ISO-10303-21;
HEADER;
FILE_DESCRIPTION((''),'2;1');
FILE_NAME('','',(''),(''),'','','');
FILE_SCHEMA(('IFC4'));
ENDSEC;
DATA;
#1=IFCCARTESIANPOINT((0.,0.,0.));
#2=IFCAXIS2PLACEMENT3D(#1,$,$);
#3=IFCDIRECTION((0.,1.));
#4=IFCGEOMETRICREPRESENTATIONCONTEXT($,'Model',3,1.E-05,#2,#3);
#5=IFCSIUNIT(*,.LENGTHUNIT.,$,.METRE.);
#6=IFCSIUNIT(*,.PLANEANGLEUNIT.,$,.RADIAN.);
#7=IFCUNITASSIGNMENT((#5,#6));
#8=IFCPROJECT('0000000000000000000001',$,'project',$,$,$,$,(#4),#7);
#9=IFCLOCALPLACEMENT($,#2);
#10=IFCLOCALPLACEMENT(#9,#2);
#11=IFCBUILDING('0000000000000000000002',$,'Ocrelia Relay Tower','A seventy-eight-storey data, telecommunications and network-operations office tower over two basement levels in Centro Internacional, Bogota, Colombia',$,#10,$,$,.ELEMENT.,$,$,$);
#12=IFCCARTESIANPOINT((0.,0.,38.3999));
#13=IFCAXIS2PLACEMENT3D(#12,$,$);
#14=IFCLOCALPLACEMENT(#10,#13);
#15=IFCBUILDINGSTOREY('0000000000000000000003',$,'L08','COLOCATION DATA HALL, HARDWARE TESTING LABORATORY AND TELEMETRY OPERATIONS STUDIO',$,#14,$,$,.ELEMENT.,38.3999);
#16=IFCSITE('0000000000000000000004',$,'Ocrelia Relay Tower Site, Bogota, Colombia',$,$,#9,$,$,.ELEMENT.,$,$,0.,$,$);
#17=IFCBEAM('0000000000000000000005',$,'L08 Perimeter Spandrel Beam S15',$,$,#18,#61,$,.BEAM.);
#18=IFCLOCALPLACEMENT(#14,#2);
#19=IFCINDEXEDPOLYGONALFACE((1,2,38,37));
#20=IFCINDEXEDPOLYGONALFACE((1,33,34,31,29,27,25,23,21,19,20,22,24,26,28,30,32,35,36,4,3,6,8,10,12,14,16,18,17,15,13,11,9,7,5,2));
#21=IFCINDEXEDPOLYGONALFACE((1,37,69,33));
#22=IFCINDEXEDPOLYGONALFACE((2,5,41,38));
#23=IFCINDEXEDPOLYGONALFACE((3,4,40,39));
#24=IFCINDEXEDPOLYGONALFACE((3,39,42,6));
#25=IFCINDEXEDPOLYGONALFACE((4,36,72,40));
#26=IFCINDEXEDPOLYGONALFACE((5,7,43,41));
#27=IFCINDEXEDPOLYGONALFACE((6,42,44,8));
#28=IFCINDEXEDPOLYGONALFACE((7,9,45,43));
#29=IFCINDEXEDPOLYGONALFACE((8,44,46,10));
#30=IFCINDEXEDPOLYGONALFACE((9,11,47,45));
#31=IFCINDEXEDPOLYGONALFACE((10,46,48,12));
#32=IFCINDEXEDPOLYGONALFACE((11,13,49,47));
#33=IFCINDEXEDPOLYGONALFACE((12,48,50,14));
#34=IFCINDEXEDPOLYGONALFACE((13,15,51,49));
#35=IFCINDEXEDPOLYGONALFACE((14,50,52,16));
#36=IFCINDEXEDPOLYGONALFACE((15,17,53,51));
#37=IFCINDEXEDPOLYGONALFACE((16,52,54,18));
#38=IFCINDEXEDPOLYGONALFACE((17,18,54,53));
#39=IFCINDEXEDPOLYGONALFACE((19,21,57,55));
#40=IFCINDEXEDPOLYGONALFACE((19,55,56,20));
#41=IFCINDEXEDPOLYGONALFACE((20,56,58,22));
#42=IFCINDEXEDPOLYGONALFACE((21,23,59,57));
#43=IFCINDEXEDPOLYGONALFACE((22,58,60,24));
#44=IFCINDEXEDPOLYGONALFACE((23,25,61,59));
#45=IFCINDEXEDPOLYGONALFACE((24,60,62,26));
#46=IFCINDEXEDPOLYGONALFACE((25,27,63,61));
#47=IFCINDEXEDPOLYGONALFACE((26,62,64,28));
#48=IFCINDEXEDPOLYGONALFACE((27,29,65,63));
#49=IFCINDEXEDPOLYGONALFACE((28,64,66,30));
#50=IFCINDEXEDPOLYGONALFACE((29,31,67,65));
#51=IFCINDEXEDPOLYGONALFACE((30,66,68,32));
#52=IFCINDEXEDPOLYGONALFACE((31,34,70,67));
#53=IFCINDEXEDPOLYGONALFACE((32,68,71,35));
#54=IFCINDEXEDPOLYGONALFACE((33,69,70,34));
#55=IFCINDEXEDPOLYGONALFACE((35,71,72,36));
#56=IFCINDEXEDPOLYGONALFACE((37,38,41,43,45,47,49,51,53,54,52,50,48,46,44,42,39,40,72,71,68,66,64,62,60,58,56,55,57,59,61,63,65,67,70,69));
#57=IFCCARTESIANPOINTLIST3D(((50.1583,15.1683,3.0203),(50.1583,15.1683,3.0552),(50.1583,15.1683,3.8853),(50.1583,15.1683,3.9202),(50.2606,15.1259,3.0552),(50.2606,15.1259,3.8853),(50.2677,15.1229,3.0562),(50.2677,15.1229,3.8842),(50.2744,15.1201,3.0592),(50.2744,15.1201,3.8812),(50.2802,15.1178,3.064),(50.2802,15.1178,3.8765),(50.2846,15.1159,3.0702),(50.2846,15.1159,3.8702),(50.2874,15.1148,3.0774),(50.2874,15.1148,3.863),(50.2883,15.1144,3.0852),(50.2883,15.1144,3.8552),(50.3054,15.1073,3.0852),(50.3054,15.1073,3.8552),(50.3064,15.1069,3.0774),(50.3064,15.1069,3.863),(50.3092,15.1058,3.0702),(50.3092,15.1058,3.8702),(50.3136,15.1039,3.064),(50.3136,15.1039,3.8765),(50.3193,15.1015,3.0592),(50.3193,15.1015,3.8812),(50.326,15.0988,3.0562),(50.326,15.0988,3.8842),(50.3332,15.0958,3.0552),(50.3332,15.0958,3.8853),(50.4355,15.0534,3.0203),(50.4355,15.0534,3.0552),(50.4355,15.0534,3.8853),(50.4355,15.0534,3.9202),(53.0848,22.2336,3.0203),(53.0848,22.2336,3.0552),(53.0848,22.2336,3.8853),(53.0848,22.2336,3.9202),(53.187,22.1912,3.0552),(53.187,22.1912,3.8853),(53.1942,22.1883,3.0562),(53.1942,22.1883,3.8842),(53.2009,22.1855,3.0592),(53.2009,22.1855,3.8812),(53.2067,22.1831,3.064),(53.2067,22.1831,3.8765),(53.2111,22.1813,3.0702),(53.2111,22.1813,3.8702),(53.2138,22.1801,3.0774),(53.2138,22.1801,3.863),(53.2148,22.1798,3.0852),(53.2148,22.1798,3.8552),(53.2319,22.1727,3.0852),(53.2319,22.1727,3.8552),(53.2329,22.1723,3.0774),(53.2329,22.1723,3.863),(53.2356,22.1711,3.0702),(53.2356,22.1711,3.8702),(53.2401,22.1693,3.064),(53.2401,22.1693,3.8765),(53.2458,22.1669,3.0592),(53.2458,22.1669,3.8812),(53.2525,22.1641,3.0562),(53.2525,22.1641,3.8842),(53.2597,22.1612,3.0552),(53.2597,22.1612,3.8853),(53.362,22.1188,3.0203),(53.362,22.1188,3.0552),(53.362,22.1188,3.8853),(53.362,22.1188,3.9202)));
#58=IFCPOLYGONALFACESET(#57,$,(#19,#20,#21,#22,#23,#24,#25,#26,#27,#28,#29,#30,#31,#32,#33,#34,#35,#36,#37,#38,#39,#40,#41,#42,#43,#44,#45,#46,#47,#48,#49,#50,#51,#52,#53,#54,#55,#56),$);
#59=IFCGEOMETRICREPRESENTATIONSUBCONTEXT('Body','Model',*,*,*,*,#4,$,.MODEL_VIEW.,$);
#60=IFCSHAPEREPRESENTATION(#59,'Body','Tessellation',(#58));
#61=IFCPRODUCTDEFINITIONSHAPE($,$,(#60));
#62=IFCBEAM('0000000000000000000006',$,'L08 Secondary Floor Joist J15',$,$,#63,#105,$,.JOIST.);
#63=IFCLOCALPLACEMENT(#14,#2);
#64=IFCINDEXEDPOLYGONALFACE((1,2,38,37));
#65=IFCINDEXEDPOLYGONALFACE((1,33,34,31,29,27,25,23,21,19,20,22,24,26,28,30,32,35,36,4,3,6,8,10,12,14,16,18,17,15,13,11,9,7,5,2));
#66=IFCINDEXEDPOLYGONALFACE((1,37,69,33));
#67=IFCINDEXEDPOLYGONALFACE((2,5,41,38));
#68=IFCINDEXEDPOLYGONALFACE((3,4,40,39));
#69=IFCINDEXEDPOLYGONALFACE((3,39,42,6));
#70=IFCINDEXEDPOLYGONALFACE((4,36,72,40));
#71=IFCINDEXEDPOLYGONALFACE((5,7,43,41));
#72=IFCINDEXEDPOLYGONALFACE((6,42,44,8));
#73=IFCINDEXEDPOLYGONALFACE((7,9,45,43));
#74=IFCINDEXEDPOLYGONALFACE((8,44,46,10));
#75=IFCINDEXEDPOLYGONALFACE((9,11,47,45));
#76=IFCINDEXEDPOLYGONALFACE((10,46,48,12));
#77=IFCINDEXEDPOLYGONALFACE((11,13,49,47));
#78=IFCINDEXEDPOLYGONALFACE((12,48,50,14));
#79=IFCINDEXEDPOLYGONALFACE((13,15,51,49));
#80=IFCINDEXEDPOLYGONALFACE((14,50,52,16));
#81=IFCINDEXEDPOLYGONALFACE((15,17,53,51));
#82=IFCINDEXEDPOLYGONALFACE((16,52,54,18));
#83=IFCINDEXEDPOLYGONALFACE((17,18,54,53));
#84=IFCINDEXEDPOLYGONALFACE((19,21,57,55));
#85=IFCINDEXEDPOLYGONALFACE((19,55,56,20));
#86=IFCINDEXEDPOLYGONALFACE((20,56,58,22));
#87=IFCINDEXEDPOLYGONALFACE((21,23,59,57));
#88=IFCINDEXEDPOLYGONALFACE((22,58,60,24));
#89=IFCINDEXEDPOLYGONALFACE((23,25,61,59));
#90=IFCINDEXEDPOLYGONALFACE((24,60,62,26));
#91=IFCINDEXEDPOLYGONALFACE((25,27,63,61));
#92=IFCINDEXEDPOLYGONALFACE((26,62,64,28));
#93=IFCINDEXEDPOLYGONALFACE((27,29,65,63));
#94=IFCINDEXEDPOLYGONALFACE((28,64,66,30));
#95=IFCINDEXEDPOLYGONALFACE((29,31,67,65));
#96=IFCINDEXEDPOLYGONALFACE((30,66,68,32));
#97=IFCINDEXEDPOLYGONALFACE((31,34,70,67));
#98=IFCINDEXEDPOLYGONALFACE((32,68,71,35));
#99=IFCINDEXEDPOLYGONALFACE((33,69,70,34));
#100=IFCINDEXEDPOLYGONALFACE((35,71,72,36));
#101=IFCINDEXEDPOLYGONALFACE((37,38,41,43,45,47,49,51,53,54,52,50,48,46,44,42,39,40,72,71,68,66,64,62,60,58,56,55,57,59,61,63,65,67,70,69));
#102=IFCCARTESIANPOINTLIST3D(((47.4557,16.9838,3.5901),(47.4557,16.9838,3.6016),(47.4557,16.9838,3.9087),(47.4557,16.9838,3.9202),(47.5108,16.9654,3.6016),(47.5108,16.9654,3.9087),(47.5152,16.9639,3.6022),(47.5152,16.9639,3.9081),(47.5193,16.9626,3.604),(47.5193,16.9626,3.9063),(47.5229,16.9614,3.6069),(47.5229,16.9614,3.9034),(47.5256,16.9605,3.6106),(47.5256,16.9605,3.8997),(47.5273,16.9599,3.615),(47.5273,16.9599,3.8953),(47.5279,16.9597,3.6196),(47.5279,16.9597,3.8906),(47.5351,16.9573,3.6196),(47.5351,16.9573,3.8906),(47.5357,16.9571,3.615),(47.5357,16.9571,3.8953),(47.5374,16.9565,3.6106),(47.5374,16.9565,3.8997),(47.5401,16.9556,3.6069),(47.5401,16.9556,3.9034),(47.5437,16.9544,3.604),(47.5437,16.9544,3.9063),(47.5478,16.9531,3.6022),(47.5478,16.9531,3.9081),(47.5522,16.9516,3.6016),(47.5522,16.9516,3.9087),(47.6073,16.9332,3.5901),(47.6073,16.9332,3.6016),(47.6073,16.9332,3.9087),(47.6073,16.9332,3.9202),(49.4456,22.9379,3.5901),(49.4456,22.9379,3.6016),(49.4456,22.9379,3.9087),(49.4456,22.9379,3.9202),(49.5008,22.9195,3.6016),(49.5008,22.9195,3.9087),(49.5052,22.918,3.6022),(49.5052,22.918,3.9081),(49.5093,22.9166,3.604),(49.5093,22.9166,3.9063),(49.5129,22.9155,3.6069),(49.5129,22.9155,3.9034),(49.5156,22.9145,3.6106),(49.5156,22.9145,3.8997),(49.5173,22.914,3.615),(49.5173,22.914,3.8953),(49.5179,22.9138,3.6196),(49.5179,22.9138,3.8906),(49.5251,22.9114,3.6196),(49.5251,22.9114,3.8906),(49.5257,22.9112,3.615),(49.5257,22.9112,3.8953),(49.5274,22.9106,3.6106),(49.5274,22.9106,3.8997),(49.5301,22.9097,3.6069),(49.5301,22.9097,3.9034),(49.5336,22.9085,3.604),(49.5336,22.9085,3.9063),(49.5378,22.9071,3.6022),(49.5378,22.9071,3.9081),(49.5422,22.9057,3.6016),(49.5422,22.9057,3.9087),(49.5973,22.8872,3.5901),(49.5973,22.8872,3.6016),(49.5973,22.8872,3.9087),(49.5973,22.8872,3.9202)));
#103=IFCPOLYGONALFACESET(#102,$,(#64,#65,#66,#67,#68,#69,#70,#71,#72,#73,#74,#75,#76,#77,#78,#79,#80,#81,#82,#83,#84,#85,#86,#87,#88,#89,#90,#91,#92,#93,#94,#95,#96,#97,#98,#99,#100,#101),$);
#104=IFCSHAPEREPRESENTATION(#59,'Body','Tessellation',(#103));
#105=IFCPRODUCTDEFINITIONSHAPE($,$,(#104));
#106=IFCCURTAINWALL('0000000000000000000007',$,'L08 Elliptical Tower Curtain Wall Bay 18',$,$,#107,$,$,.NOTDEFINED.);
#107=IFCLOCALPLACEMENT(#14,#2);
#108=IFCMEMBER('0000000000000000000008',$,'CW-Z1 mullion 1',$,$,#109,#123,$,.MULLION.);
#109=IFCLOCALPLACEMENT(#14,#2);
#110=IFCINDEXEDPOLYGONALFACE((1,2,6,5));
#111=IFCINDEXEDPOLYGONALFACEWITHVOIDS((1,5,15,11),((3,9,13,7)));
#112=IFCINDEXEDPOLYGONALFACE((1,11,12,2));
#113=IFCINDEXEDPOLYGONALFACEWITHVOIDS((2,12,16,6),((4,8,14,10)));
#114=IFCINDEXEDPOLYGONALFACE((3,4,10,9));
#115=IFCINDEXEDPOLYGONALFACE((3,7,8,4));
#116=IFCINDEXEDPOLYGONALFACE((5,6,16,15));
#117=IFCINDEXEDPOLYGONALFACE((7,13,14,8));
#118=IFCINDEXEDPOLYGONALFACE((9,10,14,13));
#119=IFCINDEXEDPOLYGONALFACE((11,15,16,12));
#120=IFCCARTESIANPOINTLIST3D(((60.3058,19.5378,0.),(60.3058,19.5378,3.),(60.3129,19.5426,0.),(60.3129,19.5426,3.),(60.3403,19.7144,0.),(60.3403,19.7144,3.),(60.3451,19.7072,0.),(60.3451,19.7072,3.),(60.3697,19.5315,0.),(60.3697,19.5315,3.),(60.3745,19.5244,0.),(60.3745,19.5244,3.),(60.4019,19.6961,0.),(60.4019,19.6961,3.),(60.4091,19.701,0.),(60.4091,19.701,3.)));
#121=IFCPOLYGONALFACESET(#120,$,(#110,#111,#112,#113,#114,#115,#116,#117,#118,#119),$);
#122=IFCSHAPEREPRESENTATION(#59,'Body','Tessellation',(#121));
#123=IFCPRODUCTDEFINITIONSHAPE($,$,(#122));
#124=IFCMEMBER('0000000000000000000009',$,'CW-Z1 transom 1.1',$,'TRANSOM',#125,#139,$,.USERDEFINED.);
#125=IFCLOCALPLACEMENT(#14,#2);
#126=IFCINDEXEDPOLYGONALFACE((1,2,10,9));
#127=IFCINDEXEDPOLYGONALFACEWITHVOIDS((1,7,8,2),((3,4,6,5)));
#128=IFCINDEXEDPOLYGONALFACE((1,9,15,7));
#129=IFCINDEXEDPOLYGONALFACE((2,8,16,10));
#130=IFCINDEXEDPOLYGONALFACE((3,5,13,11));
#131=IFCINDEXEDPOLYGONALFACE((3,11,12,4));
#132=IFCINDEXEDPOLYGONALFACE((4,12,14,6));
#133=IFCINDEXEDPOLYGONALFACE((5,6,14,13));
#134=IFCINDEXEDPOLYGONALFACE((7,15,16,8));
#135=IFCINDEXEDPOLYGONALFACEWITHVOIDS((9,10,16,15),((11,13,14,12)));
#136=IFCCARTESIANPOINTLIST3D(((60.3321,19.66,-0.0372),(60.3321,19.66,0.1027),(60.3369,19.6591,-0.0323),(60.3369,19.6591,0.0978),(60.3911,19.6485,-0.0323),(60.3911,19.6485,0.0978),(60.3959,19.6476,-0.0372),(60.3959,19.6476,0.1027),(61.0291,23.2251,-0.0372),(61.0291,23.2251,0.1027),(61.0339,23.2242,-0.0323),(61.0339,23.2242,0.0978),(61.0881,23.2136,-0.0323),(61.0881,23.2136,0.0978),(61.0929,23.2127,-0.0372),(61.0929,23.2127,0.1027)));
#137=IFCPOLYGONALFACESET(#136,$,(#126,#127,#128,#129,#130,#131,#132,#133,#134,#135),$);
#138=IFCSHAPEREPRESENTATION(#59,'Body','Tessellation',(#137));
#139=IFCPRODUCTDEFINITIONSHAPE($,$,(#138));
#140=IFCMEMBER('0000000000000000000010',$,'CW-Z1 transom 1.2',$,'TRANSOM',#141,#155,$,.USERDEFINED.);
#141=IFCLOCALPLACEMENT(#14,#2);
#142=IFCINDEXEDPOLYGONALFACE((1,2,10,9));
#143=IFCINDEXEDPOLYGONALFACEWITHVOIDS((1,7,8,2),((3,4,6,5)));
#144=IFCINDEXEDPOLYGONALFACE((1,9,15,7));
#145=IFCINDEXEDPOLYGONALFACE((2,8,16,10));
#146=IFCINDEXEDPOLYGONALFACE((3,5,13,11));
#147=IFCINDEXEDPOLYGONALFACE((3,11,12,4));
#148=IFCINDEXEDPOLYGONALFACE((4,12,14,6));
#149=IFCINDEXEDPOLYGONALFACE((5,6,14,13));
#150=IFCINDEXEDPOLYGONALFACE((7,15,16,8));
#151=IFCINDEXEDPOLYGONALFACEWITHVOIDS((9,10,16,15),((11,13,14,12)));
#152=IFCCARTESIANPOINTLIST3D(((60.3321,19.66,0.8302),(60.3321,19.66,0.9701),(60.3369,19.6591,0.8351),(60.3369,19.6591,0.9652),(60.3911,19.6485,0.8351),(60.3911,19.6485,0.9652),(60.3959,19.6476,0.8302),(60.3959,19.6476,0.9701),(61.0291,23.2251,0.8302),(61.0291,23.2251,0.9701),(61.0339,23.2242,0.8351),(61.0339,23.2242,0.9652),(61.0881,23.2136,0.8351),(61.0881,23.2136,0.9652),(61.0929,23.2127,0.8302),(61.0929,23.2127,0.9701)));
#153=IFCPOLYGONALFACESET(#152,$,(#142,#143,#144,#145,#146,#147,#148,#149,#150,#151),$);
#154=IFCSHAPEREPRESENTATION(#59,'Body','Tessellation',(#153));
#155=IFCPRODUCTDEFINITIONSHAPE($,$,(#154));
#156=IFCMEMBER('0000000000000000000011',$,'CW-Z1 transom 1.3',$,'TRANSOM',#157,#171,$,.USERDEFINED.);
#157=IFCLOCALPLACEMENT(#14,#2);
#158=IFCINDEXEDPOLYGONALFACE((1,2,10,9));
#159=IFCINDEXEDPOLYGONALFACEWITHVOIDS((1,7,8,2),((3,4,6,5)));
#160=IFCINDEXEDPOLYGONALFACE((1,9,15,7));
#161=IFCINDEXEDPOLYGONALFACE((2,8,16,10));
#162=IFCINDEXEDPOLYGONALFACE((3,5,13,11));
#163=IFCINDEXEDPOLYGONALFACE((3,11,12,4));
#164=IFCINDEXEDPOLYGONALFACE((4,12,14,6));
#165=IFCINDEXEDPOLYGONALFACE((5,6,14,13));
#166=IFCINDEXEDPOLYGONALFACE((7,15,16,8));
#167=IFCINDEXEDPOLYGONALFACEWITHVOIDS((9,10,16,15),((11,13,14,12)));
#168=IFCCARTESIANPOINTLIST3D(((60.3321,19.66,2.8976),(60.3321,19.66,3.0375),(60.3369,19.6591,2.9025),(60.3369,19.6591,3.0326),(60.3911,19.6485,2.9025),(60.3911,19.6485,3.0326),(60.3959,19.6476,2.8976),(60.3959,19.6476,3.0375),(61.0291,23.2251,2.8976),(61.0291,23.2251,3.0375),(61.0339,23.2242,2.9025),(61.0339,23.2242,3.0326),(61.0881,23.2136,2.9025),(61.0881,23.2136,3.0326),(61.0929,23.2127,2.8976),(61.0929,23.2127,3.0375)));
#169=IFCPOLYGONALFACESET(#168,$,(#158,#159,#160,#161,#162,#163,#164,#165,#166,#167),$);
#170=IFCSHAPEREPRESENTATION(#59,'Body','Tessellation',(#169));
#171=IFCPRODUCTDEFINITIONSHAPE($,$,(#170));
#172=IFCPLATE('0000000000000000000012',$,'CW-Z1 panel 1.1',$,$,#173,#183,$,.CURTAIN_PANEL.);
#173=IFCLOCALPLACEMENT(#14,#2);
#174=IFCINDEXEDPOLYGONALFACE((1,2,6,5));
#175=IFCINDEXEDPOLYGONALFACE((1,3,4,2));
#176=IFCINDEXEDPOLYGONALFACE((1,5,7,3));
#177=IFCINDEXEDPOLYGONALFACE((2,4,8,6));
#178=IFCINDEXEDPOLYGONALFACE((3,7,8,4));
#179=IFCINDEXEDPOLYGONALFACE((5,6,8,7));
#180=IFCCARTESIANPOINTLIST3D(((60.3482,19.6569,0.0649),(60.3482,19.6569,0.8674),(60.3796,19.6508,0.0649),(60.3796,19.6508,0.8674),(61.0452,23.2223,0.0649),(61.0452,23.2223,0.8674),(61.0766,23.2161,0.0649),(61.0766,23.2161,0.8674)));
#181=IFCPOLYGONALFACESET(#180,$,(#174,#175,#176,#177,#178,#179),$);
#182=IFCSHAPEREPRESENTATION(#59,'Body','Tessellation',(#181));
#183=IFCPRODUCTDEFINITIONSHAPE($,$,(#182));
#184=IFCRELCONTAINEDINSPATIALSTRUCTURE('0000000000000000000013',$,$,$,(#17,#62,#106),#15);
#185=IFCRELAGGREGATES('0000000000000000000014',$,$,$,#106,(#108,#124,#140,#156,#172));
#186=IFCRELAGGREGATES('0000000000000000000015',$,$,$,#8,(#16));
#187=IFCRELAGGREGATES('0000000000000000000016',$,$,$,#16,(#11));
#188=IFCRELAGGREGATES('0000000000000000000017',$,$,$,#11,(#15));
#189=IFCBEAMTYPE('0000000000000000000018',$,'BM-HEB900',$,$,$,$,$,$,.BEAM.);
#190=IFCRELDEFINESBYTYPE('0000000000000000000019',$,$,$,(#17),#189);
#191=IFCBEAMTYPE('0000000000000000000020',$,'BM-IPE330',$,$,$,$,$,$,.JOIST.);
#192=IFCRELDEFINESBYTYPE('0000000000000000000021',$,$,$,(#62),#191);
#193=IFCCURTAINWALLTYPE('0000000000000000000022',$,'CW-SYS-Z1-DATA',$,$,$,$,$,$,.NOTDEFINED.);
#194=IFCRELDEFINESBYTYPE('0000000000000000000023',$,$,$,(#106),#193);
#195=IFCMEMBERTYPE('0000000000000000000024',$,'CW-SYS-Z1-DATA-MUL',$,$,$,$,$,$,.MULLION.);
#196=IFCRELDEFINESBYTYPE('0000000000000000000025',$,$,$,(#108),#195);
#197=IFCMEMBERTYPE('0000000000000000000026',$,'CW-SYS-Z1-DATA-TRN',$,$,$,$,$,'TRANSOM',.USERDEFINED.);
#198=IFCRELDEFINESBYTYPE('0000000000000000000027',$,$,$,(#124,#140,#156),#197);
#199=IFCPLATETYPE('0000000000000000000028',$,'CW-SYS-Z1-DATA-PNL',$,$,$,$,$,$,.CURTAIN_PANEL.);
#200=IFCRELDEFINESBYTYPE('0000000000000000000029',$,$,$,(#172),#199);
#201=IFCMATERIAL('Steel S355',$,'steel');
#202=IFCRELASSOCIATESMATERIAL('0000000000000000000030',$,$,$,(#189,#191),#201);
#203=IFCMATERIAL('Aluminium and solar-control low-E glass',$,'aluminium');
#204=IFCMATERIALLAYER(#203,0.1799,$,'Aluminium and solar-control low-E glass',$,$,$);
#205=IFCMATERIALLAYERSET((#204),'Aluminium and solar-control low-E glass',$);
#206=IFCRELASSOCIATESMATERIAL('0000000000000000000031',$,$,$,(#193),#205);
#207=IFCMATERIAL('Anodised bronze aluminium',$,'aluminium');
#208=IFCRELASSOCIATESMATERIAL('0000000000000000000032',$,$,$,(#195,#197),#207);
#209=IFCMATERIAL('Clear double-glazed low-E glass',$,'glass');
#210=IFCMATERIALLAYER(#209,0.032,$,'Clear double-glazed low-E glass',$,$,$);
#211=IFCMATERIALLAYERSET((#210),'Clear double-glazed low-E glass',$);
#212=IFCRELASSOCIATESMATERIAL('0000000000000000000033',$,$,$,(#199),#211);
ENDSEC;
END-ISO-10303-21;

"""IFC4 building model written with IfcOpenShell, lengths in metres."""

from ifc_helpers import new_model, si_unit, direction, frame, origin, origin_2d, place, context, subcontext, project, spatial, rectangle, hollow_rectangle, i_section, extrude, material, layer, layer_set, material_profile, profile_set, type_object, element, aggregate, save


model = new_model("IFC4")

# Units and contexts
model_context = context("Model", 3, precision=1e-05, world=origin(), true_north=direction((0.0, 1.0)))
body_context = subcontext(model_context, "Body", "Model", "MODEL_VIEW")
ifc_project = project(units=[si_unit("LENGTHUNIT", "METRE"), si_unit("PLANEANGLEUNIT", "RADIAN")], contexts=[model_context])

# Site, building, storey
site_placement = place(None, origin())
site = spatial("IfcSite", under=ifc_project, at=site_placement, Name="Ocrelia Relay Tower Site, Bogota, Colombia", CompositionType="ELEMENT", RefElevation=0.0)
building_placement = place(site_placement, origin())
building = spatial("IfcBuilding", under=site, at=building_placement, Name="Ocrelia Relay Tower", Description="A seventy-eight-storey data, telecommunications and network-operations office tower over two basement levels in Centro Internacional, Bogota, Colombia", CompositionType="ELEMENT")
storey_placement = place(building_placement, frame((0.0, 0.0, 38.3999)))
storey = spatial("IfcBuildingStorey", under=building, at=storey_placement, Name="L08", Description="COLOCATION DATA HALL, HARDWARE TESTING LABORATORY AND TELEMETRY OPERATIONS STUDIO", CompositionType="ELEMENT", Elevation=38.3999)

# Beams
ifc_material_1 = material(Name="Steel S355", Category="steel")
ifc_material_profile_1 = material_profile(ifc_material_1, i_section(OverallWidth=0.3, OverallDepth=0.8999, WebThickness=0.0186, FlangeThickness=0.0349, FilletRadius=0.03, at=origin_2d()), Name="HEB 900")
ifc_profile_set_1 = profile_set([ifc_material_profile_1], Name="Steel S355")
beam_type_1 = type_object("IfcBeamType", Name="BM-HEB900", PredefinedType="BEAM", material=ifc_profile_set_1)
beam_1_placement = place(storey_placement, frame((50.2969, 15.1108, 3.4702), z_axis=(0.382674, 0.923883, 0.0), x_axis=(-0.923883, 0.382674, 0.0)))
element("IfcBeam", 1, at=beam_1_placement, inside=storey, type_object=beam_type_1, Name="L08 Perimeter Spandrel Beam S15", PredefinedType="BEAM", context=body_context, shape_type="SweptSolid", body=[
    extrude(i_section(OverallWidth=0.3, OverallDepth=0.8999, WebThickness=0.0186, FlangeThickness=0.0349, FilletRadius=0.03, at=origin_2d()), origin(), (0.0, 0.0, 1.0), 7.6475),
])
ifc_material_profile_2 = material_profile(ifc_material_1, i_section(OverallWidth=0.1599, OverallDepth=0.3301, WebThickness=0.0076, FlangeThickness=0.0115, FilletRadius=0.0181, at=origin_2d()), Name="IPE 330")
ifc_profile_set_2 = profile_set([ifc_material_profile_2], Name="Steel S355")
beam_type_2 = type_object("IfcBeamType", Name="BM-IPE330", PredefinedType="JOIST", material=ifc_profile_set_2)
beam_2_placement = place(storey_placement, frame((47.5315, 16.9585, 3.7551), z_axis=(0.316986, 0.94843, 0.0), x_axis=(-0.94843, 0.316986, 0.0)))
element("IfcBeam", 2, at=beam_2_placement, inside=storey, type_object=beam_type_2, Name="L08 Secondary Floor Joist J15", PredefinedType="JOIST", context=body_context, shape_type="SweptSolid", body=[
    extrude(i_section(OverallWidth=0.1599, OverallDepth=0.3301, WebThickness=0.0076, FlangeThickness=0.0115, FilletRadius=0.0181, at=origin_2d()), origin(), (0.0, 0.0, 1.0), 6.2778),
])

# Curtain wall, members, plate
ifc_material_2 = material(Name="Aluminium and solar-control low-E glass", Category="aluminium")
ifc_layer_1 = layer(ifc_material_2, 0.1799, Name="Aluminium and solar-control low-E glass")
ifc_layer_set_1 = layer_set([ifc_layer_1], Name="Aluminium and solar-control low-E glass")
curtain_wall_type = type_object("IfcCurtainWallType", Name="CW-SYS-Z1-DATA", PredefinedType="NOTDEFINED", material=ifc_layer_set_1)
curtain_wall_placement = place(storey_placement, origin())
curtain_wall = element("IfcCurtainWall", 3, at=curtain_wall_placement, inside=storey, type_object=curtain_wall_type, Name="L08 Elliptical Tower Curtain Wall Bay 18", PredefinedType="NOTDEFINED")
ifc_material_3 = material(Name="Anodised bronze aluminium", Category="aluminium")
ifc_material_profile_3 = material_profile(ifc_material_3, hollow_rectangle(XDim=0.0701, YDim=0.1799, WallThickness=0.0061, at=origin_2d()), Name="CW-MUL-180x70")
ifc_profile_set_3 = profile_set([ifc_material_profile_3], Name="Anodised bronze aluminium")
member_type_1 = type_object("IfcMemberType", Name="CW-SYS-Z1-DATA-MUL", PredefinedType="MULLION", material=ifc_profile_set_3)
member_1_placement = place(storey_placement, frame((60.3574, 19.6194, 0.0), z_axis=(0.0, 0.0, 1.0), x_axis=(-0.981426, 0.191841, 0.0)))
member_1 = element("IfcMember", 4, at=member_1_placement, type_object=member_type_1, Name="CW-Z1 mullion 1", PredefinedType="MULLION", context=body_context, shape_type="SweptSolid", body=[
    extrude(hollow_rectangle(XDim=0.0701, YDim=0.1799, WallThickness=0.0061, at=origin_2d()), origin(), (0.0, 0.0, 1.0), 3.0),
])
ifc_material_profile_4 = material_profile(ifc_material_3, hollow_rectangle(XDim=0.0649, YDim=0.1399, WallThickness=0.0049, at=origin_2d()), Name="CW-TRN-140x65")
ifc_profile_set_4 = profile_set([ifc_material_profile_4], Name="Anodised bronze aluminium")
member_type_2 = type_object("IfcMemberType", Name="CW-SYS-Z1-DATA-TRN", ElementType="TRANSOM", PredefinedType="USERDEFINED", material=ifc_profile_set_4)
member_2_placement = place(storey_placement, frame((60.364, 19.6538, 0.0327), z_axis=(0.191875, 0.981419, 0.0), x_axis=(-0.981419, 0.191875, 0.0)))
member_2 = element("IfcMember", 5, at=member_2_placement, type_object=member_type_2, Name="CW-Z1 transom 1.1", ObjectType="TRANSOM", PredefinedType="USERDEFINED", context=body_context, shape_type="SweptSolid", body=[
    extrude(hollow_rectangle(XDim=0.0649, YDim=0.1399, WallThickness=0.0049, at=origin_2d()), origin(), (0.0, 0.0, 1.0), 3.6326),
])
member_3_placement = place(storey_placement, frame((60.364, 19.6538, 0.9001), z_axis=(0.191875, 0.981419, 0.0), x_axis=(-0.981419, 0.191875, 0.0)))
member_3 = element("IfcMember", 6, at=member_3_placement, type_object=member_type_2, Name="CW-Z1 transom 1.2", ObjectType="TRANSOM", PredefinedType="USERDEFINED", context=body_context, shape_type="SweptSolid", body=[
    extrude(hollow_rectangle(XDim=0.0649, YDim=0.1399, WallThickness=0.0049, at=origin_2d()), origin(), (0.0, 0.0, 1.0), 3.6326),
])
member_4_placement = place(storey_placement, frame((60.364, 19.6538, 2.9675), z_axis=(0.191875, 0.981419, 0.0), x_axis=(-0.981419, 0.191875, 0.0)))
member_4 = element("IfcMember", 7, at=member_4_placement, type_object=member_type_2, Name="CW-Z1 transom 1.3", ObjectType="TRANSOM", PredefinedType="USERDEFINED", context=body_context, shape_type="SweptSolid", body=[
    extrude(hollow_rectangle(XDim=0.0649, YDim=0.1399, WallThickness=0.0049, at=origin_2d()), origin(), (0.0, 0.0, 1.0), 3.6326),
])
ifc_material_4 = material(Name="Clear double-glazed low-E glass", Category="glass")
ifc_layer_2 = layer(ifc_material_4, 0.032, Name="Clear double-glazed low-E glass")
ifc_layer_set_2 = layer_set([ifc_layer_2], Name="Clear double-glazed low-E glass")
plate_type = type_object("IfcPlateType", Name="CW-SYS-Z1-DATA-PNL", PredefinedType="CURTAIN_PANEL", material=ifc_layer_set_2)
plate_1_placement = place(storey_placement, frame((60.7124, 21.4365, 0.0649), z_axis=(0.0, 0.0, 1.0), x_axis=(0.191841, 0.981426, 0.0)))
plate_1 = element("IfcPlate", 8, at=plate_1_placement, type_object=plate_type, Name="CW-Z1 panel 1.1", PredefinedType="CURTAIN_PANEL", context=body_context, shape_type="SweptSolid", body=[
    extrude(rectangle(XDim=3.6328, YDim=0.032, at=origin_2d()), origin(), (0.0, 0.0, 1.0), 0.8025),
])
aggregate(curtain_wall, [member_1, member_2, member_3, member_4, plate_1])

save(model, "model.ifc")
